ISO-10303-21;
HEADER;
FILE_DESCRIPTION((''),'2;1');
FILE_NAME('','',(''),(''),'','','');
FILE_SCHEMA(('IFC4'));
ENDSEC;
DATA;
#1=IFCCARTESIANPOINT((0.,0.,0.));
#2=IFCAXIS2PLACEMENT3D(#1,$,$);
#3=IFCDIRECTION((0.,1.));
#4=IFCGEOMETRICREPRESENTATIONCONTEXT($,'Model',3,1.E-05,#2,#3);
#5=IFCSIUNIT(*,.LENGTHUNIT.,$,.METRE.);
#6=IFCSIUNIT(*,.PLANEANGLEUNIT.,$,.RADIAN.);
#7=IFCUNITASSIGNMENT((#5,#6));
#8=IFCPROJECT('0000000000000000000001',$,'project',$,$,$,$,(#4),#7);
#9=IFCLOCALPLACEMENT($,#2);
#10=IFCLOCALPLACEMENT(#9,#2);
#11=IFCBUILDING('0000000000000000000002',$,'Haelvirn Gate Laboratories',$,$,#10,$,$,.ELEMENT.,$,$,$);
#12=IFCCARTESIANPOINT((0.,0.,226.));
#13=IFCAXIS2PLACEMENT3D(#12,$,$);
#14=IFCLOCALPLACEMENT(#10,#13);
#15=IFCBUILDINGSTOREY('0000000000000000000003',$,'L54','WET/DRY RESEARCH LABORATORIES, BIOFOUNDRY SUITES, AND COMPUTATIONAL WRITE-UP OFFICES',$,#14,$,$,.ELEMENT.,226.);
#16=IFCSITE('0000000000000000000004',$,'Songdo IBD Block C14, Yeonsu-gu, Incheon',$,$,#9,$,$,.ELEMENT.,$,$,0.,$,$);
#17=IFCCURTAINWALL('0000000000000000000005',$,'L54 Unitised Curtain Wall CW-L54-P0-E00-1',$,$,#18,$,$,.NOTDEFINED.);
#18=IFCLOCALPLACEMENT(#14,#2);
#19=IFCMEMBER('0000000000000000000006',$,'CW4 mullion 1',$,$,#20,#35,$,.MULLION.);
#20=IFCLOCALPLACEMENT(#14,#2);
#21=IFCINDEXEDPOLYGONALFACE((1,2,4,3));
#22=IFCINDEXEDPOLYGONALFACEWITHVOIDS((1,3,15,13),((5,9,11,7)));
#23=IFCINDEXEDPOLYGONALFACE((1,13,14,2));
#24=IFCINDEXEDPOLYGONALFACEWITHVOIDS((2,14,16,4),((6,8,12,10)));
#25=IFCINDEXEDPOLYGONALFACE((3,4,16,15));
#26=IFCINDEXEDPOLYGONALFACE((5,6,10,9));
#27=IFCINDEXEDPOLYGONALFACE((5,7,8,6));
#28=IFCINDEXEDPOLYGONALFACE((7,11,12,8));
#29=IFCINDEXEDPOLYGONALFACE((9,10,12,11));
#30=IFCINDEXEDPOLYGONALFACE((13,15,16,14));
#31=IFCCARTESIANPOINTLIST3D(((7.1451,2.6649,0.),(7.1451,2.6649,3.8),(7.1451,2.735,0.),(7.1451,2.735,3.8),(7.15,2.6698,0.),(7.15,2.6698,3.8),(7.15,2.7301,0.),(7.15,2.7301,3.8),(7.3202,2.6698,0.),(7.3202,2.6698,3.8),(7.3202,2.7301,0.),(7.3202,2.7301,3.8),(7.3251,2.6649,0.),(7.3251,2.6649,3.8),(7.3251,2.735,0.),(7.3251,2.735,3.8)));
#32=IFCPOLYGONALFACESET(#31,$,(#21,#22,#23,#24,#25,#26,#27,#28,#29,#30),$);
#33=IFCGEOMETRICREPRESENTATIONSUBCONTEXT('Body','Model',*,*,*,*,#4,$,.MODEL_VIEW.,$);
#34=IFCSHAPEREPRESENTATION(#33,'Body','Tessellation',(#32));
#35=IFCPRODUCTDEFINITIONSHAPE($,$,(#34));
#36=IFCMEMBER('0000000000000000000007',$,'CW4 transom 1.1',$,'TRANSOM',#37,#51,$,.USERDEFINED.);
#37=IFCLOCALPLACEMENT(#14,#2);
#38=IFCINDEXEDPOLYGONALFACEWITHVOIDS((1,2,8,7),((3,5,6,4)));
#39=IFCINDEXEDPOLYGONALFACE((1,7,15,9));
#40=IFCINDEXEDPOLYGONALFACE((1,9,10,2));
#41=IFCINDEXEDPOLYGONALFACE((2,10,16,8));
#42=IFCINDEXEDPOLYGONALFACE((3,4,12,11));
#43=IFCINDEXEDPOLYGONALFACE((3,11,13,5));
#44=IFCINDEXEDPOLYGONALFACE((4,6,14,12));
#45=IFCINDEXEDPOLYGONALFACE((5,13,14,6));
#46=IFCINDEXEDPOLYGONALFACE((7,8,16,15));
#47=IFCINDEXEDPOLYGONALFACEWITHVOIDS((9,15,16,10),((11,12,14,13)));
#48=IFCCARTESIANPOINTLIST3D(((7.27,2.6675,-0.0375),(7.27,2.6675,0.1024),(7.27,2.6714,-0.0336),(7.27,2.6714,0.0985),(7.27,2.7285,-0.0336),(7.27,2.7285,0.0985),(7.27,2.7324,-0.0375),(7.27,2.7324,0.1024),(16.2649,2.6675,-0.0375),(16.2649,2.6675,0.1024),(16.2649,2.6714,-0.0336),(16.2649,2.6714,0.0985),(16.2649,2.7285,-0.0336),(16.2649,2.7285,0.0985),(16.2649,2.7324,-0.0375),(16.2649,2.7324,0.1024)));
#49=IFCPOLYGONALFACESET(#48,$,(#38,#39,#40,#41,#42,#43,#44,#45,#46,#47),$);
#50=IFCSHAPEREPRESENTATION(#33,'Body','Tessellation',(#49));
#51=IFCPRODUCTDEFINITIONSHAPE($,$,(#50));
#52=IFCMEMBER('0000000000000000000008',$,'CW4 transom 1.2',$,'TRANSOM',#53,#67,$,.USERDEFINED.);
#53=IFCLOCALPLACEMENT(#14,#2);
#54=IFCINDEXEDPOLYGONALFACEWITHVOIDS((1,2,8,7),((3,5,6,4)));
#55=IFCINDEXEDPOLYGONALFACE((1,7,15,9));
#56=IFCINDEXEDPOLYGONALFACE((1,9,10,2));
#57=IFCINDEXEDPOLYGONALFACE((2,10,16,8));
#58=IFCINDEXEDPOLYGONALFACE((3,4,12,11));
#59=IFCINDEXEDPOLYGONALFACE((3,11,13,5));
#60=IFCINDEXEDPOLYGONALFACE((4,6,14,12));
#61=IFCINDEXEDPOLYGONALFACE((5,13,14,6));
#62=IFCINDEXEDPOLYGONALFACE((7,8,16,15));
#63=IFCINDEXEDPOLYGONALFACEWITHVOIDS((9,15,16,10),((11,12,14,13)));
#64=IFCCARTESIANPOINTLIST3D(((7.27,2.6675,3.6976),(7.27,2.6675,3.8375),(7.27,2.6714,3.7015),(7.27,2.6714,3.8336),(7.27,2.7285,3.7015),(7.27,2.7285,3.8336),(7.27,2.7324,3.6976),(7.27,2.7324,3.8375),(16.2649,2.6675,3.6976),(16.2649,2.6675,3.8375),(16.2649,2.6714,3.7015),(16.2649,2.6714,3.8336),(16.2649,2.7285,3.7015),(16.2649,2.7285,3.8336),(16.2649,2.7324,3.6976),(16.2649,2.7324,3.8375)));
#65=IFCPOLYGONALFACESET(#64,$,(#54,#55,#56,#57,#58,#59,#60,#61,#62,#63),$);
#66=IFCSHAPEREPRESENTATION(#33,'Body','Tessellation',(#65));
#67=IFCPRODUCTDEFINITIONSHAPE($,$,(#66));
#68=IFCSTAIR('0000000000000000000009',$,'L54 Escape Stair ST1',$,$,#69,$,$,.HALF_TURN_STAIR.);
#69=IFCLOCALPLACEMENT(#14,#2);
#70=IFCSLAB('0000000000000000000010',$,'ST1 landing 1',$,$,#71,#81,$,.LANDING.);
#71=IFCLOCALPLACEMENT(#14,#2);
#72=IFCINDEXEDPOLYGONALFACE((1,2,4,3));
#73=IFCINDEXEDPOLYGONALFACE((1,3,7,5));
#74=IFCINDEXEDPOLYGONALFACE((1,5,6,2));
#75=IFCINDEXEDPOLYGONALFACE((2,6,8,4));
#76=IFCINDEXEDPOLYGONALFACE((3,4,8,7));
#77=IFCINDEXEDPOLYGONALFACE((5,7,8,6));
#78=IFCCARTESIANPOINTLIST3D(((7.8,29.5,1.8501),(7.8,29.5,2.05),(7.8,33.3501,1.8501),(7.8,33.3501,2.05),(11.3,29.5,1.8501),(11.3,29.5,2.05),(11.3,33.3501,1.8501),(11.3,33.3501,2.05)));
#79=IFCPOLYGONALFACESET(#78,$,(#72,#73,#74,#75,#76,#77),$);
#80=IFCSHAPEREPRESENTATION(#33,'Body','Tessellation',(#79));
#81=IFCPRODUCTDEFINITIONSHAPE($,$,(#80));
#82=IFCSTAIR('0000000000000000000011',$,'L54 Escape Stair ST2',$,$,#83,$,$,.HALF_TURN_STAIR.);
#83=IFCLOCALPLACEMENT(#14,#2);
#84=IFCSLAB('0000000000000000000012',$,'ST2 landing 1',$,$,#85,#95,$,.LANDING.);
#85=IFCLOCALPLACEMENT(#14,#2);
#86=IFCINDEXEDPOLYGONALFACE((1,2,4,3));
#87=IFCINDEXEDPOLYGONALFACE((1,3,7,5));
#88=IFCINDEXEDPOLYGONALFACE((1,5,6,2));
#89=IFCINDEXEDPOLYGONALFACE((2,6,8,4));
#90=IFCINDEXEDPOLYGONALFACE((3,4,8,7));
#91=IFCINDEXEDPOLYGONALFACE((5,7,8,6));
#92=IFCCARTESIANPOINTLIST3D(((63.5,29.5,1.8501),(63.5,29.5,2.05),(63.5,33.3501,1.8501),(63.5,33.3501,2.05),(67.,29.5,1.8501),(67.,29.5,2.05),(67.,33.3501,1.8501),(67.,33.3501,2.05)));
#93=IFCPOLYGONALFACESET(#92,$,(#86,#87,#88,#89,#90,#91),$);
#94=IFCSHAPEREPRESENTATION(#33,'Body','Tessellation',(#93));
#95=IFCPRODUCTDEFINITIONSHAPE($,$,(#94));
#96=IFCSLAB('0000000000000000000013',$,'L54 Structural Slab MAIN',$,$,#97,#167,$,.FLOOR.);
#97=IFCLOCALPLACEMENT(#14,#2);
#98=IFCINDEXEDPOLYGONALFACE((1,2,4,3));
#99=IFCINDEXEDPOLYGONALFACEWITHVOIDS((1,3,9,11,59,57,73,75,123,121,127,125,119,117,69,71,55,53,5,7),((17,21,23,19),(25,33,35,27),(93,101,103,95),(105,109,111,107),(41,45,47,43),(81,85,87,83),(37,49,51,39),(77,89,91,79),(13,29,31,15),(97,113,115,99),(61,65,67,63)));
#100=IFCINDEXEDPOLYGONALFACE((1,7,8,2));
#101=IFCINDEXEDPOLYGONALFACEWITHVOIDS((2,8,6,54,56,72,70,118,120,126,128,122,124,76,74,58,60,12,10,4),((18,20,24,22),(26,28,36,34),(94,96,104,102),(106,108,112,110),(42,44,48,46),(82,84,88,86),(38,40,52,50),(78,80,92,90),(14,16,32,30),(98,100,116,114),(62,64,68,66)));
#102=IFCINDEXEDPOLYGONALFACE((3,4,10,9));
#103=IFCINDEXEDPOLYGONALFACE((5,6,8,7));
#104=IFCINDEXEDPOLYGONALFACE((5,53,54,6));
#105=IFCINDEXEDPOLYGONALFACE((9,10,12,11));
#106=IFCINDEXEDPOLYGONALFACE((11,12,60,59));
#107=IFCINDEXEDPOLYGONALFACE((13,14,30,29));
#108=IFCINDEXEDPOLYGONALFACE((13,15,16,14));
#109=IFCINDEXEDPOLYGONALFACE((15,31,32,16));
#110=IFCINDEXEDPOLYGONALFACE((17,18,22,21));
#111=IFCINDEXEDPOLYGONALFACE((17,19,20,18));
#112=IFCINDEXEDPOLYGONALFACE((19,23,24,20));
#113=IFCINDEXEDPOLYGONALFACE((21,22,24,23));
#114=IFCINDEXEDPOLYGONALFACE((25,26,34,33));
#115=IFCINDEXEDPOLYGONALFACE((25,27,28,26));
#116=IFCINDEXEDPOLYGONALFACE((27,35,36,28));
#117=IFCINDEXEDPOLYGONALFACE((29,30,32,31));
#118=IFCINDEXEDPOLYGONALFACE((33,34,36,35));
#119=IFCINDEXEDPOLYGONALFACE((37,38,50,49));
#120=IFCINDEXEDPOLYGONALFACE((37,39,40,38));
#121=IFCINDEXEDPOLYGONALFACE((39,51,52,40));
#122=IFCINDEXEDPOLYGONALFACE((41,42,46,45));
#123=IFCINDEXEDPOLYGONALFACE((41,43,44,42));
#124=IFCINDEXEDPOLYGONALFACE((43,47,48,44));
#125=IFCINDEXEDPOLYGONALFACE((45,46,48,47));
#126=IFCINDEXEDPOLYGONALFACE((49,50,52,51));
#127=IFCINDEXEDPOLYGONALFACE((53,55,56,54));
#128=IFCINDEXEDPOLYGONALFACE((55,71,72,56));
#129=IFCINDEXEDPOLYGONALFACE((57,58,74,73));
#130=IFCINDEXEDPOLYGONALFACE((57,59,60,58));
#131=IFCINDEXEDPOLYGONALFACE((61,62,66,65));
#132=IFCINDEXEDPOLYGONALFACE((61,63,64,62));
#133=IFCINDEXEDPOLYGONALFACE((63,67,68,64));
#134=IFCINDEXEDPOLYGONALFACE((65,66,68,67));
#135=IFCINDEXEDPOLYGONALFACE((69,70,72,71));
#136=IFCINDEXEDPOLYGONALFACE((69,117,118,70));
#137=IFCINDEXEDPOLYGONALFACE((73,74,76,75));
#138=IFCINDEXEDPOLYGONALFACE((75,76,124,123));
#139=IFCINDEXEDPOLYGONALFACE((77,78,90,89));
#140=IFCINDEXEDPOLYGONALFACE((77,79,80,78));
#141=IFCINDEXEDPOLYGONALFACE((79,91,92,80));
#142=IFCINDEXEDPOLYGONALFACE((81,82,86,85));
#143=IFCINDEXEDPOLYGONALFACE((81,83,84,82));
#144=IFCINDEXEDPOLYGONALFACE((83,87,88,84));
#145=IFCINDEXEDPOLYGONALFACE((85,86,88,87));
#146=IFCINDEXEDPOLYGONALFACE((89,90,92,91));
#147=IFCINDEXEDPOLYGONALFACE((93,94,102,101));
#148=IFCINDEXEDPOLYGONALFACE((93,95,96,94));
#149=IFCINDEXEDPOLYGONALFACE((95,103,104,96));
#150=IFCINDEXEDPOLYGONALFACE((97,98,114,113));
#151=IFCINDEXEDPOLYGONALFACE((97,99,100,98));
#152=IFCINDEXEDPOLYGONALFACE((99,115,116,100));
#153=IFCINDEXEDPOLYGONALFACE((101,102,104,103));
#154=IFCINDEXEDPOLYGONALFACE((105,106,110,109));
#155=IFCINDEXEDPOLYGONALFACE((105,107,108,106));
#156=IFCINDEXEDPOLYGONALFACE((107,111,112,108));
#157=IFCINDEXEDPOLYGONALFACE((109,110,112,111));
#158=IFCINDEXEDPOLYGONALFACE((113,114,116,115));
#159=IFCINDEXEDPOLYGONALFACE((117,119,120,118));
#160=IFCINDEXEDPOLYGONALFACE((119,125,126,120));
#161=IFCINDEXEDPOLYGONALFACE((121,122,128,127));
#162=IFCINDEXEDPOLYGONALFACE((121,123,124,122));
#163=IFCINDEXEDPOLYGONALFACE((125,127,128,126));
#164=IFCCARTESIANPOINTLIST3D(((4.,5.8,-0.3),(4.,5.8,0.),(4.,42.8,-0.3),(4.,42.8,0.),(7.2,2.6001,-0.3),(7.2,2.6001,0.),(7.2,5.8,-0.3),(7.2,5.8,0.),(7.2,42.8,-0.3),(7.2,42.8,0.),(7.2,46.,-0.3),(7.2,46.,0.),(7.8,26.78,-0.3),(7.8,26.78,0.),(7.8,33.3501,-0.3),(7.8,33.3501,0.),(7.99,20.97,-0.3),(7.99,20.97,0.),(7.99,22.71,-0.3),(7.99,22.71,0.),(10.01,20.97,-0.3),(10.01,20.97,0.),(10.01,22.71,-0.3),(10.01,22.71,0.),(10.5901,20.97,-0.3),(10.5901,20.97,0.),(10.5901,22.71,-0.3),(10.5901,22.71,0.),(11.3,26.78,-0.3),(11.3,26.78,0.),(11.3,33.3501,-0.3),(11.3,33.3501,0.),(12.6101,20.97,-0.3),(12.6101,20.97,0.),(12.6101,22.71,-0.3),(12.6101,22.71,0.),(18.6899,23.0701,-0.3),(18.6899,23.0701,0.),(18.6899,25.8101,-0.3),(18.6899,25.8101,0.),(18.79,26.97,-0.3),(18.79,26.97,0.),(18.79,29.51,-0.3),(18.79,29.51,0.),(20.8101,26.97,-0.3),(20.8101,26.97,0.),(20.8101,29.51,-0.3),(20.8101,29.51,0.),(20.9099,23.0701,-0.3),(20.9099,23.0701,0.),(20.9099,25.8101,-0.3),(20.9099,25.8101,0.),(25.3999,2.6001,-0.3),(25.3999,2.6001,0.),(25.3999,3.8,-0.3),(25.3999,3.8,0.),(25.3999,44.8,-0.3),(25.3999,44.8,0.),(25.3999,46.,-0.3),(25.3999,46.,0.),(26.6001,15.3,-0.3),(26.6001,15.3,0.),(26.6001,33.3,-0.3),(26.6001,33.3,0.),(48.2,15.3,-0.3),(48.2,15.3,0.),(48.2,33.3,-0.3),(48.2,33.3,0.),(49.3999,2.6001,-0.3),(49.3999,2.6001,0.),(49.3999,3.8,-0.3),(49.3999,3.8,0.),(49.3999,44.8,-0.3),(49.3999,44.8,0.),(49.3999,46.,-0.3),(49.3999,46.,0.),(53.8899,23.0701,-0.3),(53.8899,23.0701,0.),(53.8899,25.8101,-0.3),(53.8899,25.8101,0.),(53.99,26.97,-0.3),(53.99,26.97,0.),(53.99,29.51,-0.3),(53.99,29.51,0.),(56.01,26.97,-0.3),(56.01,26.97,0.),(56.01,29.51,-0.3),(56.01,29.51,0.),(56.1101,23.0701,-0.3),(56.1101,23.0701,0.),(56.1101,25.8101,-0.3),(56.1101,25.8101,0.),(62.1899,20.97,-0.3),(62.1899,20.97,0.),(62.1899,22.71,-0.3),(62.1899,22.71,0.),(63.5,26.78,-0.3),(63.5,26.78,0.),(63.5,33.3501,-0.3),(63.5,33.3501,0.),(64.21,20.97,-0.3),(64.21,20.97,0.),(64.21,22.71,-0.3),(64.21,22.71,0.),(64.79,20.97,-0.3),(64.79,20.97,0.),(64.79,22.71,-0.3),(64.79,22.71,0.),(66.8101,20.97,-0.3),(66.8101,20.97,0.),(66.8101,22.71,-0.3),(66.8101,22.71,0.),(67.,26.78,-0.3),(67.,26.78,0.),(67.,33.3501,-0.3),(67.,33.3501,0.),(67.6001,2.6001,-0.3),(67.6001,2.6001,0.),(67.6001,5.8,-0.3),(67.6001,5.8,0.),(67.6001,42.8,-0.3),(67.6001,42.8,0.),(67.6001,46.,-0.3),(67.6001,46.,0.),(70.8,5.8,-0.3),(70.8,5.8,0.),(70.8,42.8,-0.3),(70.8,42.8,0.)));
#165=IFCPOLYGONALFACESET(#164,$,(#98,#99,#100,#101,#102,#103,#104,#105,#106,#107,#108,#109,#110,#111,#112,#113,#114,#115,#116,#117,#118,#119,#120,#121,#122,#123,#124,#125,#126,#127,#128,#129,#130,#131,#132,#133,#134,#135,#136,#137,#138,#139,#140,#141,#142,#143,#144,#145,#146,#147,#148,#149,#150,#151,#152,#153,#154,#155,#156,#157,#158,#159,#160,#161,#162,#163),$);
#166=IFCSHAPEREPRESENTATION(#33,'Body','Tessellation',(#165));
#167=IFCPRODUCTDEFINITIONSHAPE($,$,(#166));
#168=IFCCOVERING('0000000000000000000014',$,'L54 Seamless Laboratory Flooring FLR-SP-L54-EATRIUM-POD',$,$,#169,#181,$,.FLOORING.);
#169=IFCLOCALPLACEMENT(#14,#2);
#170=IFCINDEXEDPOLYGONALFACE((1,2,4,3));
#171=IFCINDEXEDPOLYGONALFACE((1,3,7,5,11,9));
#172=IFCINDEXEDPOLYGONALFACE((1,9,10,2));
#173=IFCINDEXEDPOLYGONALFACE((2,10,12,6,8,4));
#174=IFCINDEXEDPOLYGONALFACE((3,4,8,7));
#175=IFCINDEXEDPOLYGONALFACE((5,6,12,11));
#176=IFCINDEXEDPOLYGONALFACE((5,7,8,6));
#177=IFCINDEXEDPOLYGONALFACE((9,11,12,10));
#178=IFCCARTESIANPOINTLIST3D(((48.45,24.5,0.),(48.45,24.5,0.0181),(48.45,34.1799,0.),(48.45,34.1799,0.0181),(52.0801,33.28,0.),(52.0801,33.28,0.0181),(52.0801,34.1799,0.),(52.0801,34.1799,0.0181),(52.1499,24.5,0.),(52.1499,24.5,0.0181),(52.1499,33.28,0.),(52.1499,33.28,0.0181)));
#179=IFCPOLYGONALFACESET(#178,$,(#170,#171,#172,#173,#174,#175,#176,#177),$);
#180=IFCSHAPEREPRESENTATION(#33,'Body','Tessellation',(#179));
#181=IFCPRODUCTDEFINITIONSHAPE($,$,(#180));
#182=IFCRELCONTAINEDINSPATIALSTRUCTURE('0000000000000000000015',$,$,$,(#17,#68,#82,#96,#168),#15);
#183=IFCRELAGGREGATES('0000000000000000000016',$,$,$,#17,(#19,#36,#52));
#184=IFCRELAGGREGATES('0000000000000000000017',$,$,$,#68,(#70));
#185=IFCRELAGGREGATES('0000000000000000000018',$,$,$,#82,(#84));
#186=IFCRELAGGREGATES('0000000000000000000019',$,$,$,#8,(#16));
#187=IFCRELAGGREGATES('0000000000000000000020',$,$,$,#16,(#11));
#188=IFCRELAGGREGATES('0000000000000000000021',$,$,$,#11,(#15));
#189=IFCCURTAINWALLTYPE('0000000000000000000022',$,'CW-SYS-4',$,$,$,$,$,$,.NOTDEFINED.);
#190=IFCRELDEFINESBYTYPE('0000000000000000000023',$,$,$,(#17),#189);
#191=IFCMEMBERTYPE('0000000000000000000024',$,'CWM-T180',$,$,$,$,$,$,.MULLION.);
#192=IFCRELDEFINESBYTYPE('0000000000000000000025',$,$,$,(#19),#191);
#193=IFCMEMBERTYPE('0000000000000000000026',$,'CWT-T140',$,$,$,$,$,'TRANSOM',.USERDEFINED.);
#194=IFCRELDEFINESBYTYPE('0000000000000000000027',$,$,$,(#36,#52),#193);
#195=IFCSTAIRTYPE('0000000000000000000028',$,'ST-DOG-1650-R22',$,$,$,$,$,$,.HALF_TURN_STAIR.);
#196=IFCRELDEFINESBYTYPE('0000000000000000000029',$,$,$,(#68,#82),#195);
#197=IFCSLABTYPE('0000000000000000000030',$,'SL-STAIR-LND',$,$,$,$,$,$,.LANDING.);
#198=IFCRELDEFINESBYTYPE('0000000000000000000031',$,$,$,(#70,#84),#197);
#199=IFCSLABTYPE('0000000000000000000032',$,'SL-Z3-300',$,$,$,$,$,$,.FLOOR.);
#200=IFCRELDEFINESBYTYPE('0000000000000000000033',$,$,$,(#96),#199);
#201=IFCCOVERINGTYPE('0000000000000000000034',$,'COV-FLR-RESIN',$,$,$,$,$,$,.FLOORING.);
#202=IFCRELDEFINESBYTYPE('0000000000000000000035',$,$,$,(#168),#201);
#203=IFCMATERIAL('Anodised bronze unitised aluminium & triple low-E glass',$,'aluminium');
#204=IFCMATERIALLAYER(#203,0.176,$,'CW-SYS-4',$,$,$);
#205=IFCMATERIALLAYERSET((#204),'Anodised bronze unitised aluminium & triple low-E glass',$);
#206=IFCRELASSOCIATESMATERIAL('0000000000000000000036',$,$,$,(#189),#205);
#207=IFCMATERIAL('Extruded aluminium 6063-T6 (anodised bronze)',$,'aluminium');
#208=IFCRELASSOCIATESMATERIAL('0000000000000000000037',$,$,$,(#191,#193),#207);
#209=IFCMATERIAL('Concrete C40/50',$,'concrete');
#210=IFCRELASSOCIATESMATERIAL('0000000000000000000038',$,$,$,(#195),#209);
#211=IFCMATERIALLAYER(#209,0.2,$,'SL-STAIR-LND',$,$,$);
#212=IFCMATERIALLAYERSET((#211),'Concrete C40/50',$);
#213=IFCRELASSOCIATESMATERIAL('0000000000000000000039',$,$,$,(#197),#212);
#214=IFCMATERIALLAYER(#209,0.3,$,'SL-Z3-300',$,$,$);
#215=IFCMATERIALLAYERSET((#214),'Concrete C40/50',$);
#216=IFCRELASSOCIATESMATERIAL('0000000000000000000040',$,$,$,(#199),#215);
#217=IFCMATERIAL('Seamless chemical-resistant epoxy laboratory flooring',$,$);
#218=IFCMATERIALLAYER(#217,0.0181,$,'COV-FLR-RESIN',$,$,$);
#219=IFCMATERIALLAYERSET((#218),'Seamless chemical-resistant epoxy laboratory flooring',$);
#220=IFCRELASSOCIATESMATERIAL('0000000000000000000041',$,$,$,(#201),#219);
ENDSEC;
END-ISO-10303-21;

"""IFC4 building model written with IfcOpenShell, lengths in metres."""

from ifc_helpers import new_model, si_unit, direction, frame, origin, origin_2d, place, context, subcontext, project, spatial, polyline, hollow_rectangle, outline, extrude, source, transform, mapped, material, layer, layer_set, material_profile, profile_set, type_object, type_shapes, element, aggregate, save


model = new_model("IFC4")

# Units and contexts
model_context = context("Model", 3, precision=1e-05, world=origin(), true_north=direction((0.0, 1.0)))
body_context = subcontext(model_context, "Body", "Model", "MODEL_VIEW")
ifc_project = project(units=[si_unit("LENGTHUNIT", "METRE"), si_unit("PLANEANGLEUNIT", "RADIAN")], contexts=[model_context])

# Site, building, storey
site_placement = place(None, origin())
site = spatial("IfcSite", under=ifc_project, at=site_placement, Name="Songdo IBD Block C14, Yeonsu-gu, Incheon", CompositionType="ELEMENT", RefElevation=0.0)
building_placement = place(site_placement, origin())
building = spatial("IfcBuilding", under=site, at=building_placement, Name="Haelvirn Gate Laboratories", CompositionType="ELEMENT")
storey_placement = place(building_placement, frame((0.0, 0.0, 226.0)))
storey = spatial("IfcBuildingStorey", under=building, at=storey_placement, Name="L54", Description="WET/DRY RESEARCH LABORATORIES, BIOFOUNDRY SUITES, AND COMPUTATIONAL WRITE-UP OFFICES", CompositionType="ELEMENT", Elevation=226.0)

# Curtain wall, members
ifc_material_1 = material(Name="Anodised bronze unitised aluminium & triple low-E glass", Category="aluminium")
ifc_layer_1 = layer(ifc_material_1, 0.176, Name="CW-SYS-4")
ifc_layer_set_1 = layer_set([ifc_layer_1], Name="Anodised bronze unitised aluminium & triple low-E glass")
curtain_wall_type = type_object("IfcCurtainWallType", Name="CW-SYS-4", PredefinedType="NOTDEFINED", material=ifc_layer_set_1)
curtain_wall_placement = place(storey_placement, origin())
curtain_wall = element("IfcCurtainWall", 1, at=curtain_wall_placement, inside=storey, type_object=curtain_wall_type, Name="L54 Unitised Curtain Wall CW-L54-P0-E00-1", PredefinedType="NOTDEFINED")
ifc_material_2 = material(Name="Extruded aluminium 6063-T6 (anodised bronze)", Category="aluminium")
ifc_material_profile_1 = material_profile(ifc_material_2, hollow_rectangle(XDim=0.0701, YDim=0.1799, WallThickness=0.0049, at=origin_2d()), Name="CWM-180x70x5")
ifc_profile_set_1 = profile_set([ifc_material_profile_1], Name="Extruded aluminium 6063-T6 (anodised bronze)")
member_type_1 = type_object("IfcMemberType", Name="CWM-T180", PredefinedType="MULLION", material=ifc_profile_set_1)
shared_shape_1 = source(origin(), body_context, "Body", "SweptSolid", [
    extrude(hollow_rectangle(XDim=0.0701, YDim=0.1799, WallThickness=0.0049, at=origin_2d()), origin(), (0.0, 0.0, 1.0), 3.8),
])
type_shapes(member_type_1, [shared_shape_1])
member_1_placement = place(storey_placement, frame((7.2351, 2.7, 0.0), z_axis=(0.0, 0.0, 1.0), x_axis=(0.0, 1.0, 0.0)))
member_1 = element("IfcMember", 2, at=member_1_placement, type_object=member_type_1, Name="CW4 mullion 1", PredefinedType="MULLION", context=body_context, shape_type="MappedRepresentation", body=[
    mapped(shared_shape_1, transform((0.0, 0.0, 0.0), scale=1.0)),
])
ifc_material_profile_2 = material_profile(ifc_material_2, hollow_rectangle(XDim=0.0649, YDim=0.1399, WallThickness=0.0039, at=origin_2d()), Name="CWT-140x65x4")
ifc_profile_set_2 = profile_set([ifc_material_profile_2], Name="Extruded aluminium 6063-T6 (anodised bronze)")
member_type_2 = type_object("IfcMemberType", Name="CWT-T140", ElementType="TRANSOM", PredefinedType="USERDEFINED", material=ifc_profile_set_2)
shared_shape_2 = source(origin(), body_context, "Body", "SweptSolid", [
    extrude(hollow_rectangle(XDim=0.0649, YDim=0.1399, WallThickness=0.0039, at=origin_2d()), origin(), (0.0, 0.0, 1.0), 8.9949),
])
type_shapes(member_type_2, [shared_shape_2])
member_2_placement = place(storey_placement, frame((7.27, 2.7, 0.0325), z_axis=(1.0, 0.0, 0.0), x_axis=(0.0, 1.0, 0.0)))
member_2 = element("IfcMember", 3, at=member_2_placement, type_object=member_type_2, Name="CW4 transom 1.1", ObjectType="TRANSOM", PredefinedType="USERDEFINED", context=body_context, shape_type="MappedRepresentation", body=[
    mapped(shared_shape_2, transform((0.0, 0.0, 0.0), scale=1.0)),
])
member_3_placement = place(storey_placement, frame((7.27, 2.7, 3.7676), z_axis=(1.0, 0.0, 0.0), x_axis=(0.0, 1.0, 0.0)))
member_3 = element("IfcMember", 4, at=member_3_placement, type_object=member_type_2, Name="CW4 transom 1.2", ObjectType="TRANSOM", PredefinedType="USERDEFINED", context=body_context, shape_type="MappedRepresentation", body=[
    mapped(shared_shape_2, transform((0.0, 0.0, 0.0), scale=1.0)),
])
aggregate(curtain_wall, [member_1, member_2, member_3])

# Stairs, slabs
ifc_material_3 = material(Name="Concrete C40/50", Category="concrete")
stair_type = type_object("IfcStairType", Name="ST-DOG-1650-R22", PredefinedType="HALF_TURN_STAIR", material=ifc_material_3)
stair_1_placement = place(storey_placement, origin())
stair_1 = element("IfcStair", 5, at=stair_1_placement, inside=storey, type_object=stair_type, Name="L54 Escape Stair ST1", PredefinedType="HALF_TURN_STAIR")
ifc_layer_2 = layer(ifc_material_3, 0.2, Name="SL-STAIR-LND")
ifc_layer_set_2 = layer_set([ifc_layer_2], Name="Concrete C40/50")
slab_type_1 = type_object("IfcSlabType", Name="SL-STAIR-LND", PredefinedType="LANDING", material=ifc_layer_set_2)
slab_1_placement = place(storey_placement, frame((0.0, 0.0, 1.8501)))
slab_1 = element("IfcSlab", 6, at=slab_1_placement, type_object=slab_type_1, Name="ST1 landing 1", PredefinedType="LANDING", context=body_context, shape_type="SweptSolid", body=[
    extrude(outline(polyline([(11.3, 29.5), (11.3, 33.3501), (7.8, 33.3501), (7.8, 29.5), (11.3, 29.5)])), origin(), (0.0, 0.0, 1.0), 0.2),
])
aggregate(stair_1, [slab_1])
stair_2_placement = place(storey_placement, origin())
stair_2 = element("IfcStair", 7, at=stair_2_placement, inside=storey, type_object=stair_type, Name="L54 Escape Stair ST2", PredefinedType="HALF_TURN_STAIR")
slab_2_placement = place(storey_placement, frame((0.0, 0.0, 1.8501)))
slab_2 = element("IfcSlab", 8, at=slab_2_placement, type_object=slab_type_1, Name="ST2 landing 1", PredefinedType="LANDING", context=body_context, shape_type="SweptSolid", body=[
    extrude(outline(polyline([(67.0, 29.5), (67.0, 33.3501), (63.5, 33.3501), (63.5, 29.5), (67.0, 29.5)])), origin(), (0.0, 0.0, 1.0), 0.2),
])
aggregate(stair_2, [slab_2])

# Slab
ifc_layer_3 = layer(ifc_material_3, 0.3, Name="SL-Z3-300")
ifc_layer_set_3 = layer_set([ifc_layer_3], Name="Concrete C40/50")
slab_type_2 = type_object("IfcSlabType", Name="SL-Z3-300", PredefinedType="FLOOR", material=ifc_layer_set_3)
slab_3_placement = place(storey_placement, frame((0.0, 0.0, -0.3)))
element("IfcSlab", 9, at=slab_3_placement, inside=storey, type_object=slab_type_2, Name="L54 Structural Slab MAIN", PredefinedType="FLOOR", context=body_context, shape_type="SweptSolid", body=[
    extrude(outline(polyline([(7.2, 2.6001), (25.3999, 2.6001), (25.3999, 3.8), (49.3999, 3.8), (49.3999, 2.6001), (67.6001, 2.6001), (67.6001, 5.8), (70.8, 5.8), (70.8, 42.8), (67.6001, 42.8), (67.6001, 46.0), (49.3999, 46.0), (49.3999, 44.8), (25.3999, 44.8), (25.3999, 46.0), (7.2, 46.0), (7.2, 42.8), (4.0, 42.8), (4.0, 5.8), (7.2, 5.8), (7.2, 2.6001)]), holes=[polyline([(26.6001, 15.3), (48.2, 15.3), (48.2, 33.3), (26.6001, 33.3), (26.6001, 15.3)]), polyline([(11.3, 26.78), (11.3, 33.3501), (7.8, 33.3501), (7.8, 26.78), (11.3, 26.78)]), polyline([(67.0, 26.78), (67.0, 33.3501), (63.5, 33.3501), (63.5, 26.78), (67.0, 26.78)]), polyline([(7.99, 20.97), (10.01, 20.97), (10.01, 22.71), (7.99, 22.71), (7.99, 20.97)]), polyline([(10.5901, 20.97), (12.6101, 20.97), (12.6101, 22.71), (10.5901, 22.71), (10.5901, 20.97)]), polyline([(18.79, 26.97), (20.8101, 26.97), (20.8101, 29.51), (18.79, 29.51), (18.79, 26.97)]), polyline([(18.6899, 23.0701), (20.9099, 23.0701), (20.9099, 25.8101), (18.6899, 25.8101), (18.6899, 23.0701)]), polyline([(64.79, 20.97), (66.8101, 20.97), (66.8101, 22.71), (64.79, 22.71), (64.79, 20.97)]), polyline([(62.1899, 20.97), (64.21, 20.97), (64.21, 22.71), (62.1899, 22.71), (62.1899, 20.97)]), polyline([(53.99, 26.97), (56.01, 26.97), (56.01, 29.51), (53.99, 29.51), (53.99, 26.97)]), polyline([(53.8899, 23.0701), (56.1101, 23.0701), (56.1101, 25.8101), (53.8899, 25.8101), (53.8899, 23.0701)])]), origin(), (0.0, 0.0, 1.0), 0.3),
])

# Covering
ifc_material_4 = material(Name="Seamless chemical-resistant epoxy laboratory flooring")
ifc_layer_4 = layer(ifc_material_4, 0.0181, Name="COV-FLR-RESIN")
ifc_layer_set_4 = layer_set([ifc_layer_4], Name="Seamless chemical-resistant epoxy laboratory flooring")
covering_type = type_object("IfcCoveringType", Name="COV-FLR-RESIN", PredefinedType="FLOORING", material=ifc_layer_set_4)
covering_1_placement = place(storey_placement, origin())
element("IfcCovering", 10, at=covering_1_placement, inside=storey, type_object=covering_type, Name="L54 Seamless Laboratory Flooring FLR-SP-L54-EATRIUM-POD", PredefinedType="FLOORING", context=body_context, shape_type="SweptSolid", body=[
    extrude(outline(polyline([(52.0801, 34.1799), (52.0801, 33.28), (52.1499, 33.28), (52.1499, 24.5), (48.45, 24.5), (48.45, 34.1799), (52.0801, 34.1799)])), origin(), (0.0, 0.0, 1.0), 0.0181),
])

save(model, "model.ifc")
